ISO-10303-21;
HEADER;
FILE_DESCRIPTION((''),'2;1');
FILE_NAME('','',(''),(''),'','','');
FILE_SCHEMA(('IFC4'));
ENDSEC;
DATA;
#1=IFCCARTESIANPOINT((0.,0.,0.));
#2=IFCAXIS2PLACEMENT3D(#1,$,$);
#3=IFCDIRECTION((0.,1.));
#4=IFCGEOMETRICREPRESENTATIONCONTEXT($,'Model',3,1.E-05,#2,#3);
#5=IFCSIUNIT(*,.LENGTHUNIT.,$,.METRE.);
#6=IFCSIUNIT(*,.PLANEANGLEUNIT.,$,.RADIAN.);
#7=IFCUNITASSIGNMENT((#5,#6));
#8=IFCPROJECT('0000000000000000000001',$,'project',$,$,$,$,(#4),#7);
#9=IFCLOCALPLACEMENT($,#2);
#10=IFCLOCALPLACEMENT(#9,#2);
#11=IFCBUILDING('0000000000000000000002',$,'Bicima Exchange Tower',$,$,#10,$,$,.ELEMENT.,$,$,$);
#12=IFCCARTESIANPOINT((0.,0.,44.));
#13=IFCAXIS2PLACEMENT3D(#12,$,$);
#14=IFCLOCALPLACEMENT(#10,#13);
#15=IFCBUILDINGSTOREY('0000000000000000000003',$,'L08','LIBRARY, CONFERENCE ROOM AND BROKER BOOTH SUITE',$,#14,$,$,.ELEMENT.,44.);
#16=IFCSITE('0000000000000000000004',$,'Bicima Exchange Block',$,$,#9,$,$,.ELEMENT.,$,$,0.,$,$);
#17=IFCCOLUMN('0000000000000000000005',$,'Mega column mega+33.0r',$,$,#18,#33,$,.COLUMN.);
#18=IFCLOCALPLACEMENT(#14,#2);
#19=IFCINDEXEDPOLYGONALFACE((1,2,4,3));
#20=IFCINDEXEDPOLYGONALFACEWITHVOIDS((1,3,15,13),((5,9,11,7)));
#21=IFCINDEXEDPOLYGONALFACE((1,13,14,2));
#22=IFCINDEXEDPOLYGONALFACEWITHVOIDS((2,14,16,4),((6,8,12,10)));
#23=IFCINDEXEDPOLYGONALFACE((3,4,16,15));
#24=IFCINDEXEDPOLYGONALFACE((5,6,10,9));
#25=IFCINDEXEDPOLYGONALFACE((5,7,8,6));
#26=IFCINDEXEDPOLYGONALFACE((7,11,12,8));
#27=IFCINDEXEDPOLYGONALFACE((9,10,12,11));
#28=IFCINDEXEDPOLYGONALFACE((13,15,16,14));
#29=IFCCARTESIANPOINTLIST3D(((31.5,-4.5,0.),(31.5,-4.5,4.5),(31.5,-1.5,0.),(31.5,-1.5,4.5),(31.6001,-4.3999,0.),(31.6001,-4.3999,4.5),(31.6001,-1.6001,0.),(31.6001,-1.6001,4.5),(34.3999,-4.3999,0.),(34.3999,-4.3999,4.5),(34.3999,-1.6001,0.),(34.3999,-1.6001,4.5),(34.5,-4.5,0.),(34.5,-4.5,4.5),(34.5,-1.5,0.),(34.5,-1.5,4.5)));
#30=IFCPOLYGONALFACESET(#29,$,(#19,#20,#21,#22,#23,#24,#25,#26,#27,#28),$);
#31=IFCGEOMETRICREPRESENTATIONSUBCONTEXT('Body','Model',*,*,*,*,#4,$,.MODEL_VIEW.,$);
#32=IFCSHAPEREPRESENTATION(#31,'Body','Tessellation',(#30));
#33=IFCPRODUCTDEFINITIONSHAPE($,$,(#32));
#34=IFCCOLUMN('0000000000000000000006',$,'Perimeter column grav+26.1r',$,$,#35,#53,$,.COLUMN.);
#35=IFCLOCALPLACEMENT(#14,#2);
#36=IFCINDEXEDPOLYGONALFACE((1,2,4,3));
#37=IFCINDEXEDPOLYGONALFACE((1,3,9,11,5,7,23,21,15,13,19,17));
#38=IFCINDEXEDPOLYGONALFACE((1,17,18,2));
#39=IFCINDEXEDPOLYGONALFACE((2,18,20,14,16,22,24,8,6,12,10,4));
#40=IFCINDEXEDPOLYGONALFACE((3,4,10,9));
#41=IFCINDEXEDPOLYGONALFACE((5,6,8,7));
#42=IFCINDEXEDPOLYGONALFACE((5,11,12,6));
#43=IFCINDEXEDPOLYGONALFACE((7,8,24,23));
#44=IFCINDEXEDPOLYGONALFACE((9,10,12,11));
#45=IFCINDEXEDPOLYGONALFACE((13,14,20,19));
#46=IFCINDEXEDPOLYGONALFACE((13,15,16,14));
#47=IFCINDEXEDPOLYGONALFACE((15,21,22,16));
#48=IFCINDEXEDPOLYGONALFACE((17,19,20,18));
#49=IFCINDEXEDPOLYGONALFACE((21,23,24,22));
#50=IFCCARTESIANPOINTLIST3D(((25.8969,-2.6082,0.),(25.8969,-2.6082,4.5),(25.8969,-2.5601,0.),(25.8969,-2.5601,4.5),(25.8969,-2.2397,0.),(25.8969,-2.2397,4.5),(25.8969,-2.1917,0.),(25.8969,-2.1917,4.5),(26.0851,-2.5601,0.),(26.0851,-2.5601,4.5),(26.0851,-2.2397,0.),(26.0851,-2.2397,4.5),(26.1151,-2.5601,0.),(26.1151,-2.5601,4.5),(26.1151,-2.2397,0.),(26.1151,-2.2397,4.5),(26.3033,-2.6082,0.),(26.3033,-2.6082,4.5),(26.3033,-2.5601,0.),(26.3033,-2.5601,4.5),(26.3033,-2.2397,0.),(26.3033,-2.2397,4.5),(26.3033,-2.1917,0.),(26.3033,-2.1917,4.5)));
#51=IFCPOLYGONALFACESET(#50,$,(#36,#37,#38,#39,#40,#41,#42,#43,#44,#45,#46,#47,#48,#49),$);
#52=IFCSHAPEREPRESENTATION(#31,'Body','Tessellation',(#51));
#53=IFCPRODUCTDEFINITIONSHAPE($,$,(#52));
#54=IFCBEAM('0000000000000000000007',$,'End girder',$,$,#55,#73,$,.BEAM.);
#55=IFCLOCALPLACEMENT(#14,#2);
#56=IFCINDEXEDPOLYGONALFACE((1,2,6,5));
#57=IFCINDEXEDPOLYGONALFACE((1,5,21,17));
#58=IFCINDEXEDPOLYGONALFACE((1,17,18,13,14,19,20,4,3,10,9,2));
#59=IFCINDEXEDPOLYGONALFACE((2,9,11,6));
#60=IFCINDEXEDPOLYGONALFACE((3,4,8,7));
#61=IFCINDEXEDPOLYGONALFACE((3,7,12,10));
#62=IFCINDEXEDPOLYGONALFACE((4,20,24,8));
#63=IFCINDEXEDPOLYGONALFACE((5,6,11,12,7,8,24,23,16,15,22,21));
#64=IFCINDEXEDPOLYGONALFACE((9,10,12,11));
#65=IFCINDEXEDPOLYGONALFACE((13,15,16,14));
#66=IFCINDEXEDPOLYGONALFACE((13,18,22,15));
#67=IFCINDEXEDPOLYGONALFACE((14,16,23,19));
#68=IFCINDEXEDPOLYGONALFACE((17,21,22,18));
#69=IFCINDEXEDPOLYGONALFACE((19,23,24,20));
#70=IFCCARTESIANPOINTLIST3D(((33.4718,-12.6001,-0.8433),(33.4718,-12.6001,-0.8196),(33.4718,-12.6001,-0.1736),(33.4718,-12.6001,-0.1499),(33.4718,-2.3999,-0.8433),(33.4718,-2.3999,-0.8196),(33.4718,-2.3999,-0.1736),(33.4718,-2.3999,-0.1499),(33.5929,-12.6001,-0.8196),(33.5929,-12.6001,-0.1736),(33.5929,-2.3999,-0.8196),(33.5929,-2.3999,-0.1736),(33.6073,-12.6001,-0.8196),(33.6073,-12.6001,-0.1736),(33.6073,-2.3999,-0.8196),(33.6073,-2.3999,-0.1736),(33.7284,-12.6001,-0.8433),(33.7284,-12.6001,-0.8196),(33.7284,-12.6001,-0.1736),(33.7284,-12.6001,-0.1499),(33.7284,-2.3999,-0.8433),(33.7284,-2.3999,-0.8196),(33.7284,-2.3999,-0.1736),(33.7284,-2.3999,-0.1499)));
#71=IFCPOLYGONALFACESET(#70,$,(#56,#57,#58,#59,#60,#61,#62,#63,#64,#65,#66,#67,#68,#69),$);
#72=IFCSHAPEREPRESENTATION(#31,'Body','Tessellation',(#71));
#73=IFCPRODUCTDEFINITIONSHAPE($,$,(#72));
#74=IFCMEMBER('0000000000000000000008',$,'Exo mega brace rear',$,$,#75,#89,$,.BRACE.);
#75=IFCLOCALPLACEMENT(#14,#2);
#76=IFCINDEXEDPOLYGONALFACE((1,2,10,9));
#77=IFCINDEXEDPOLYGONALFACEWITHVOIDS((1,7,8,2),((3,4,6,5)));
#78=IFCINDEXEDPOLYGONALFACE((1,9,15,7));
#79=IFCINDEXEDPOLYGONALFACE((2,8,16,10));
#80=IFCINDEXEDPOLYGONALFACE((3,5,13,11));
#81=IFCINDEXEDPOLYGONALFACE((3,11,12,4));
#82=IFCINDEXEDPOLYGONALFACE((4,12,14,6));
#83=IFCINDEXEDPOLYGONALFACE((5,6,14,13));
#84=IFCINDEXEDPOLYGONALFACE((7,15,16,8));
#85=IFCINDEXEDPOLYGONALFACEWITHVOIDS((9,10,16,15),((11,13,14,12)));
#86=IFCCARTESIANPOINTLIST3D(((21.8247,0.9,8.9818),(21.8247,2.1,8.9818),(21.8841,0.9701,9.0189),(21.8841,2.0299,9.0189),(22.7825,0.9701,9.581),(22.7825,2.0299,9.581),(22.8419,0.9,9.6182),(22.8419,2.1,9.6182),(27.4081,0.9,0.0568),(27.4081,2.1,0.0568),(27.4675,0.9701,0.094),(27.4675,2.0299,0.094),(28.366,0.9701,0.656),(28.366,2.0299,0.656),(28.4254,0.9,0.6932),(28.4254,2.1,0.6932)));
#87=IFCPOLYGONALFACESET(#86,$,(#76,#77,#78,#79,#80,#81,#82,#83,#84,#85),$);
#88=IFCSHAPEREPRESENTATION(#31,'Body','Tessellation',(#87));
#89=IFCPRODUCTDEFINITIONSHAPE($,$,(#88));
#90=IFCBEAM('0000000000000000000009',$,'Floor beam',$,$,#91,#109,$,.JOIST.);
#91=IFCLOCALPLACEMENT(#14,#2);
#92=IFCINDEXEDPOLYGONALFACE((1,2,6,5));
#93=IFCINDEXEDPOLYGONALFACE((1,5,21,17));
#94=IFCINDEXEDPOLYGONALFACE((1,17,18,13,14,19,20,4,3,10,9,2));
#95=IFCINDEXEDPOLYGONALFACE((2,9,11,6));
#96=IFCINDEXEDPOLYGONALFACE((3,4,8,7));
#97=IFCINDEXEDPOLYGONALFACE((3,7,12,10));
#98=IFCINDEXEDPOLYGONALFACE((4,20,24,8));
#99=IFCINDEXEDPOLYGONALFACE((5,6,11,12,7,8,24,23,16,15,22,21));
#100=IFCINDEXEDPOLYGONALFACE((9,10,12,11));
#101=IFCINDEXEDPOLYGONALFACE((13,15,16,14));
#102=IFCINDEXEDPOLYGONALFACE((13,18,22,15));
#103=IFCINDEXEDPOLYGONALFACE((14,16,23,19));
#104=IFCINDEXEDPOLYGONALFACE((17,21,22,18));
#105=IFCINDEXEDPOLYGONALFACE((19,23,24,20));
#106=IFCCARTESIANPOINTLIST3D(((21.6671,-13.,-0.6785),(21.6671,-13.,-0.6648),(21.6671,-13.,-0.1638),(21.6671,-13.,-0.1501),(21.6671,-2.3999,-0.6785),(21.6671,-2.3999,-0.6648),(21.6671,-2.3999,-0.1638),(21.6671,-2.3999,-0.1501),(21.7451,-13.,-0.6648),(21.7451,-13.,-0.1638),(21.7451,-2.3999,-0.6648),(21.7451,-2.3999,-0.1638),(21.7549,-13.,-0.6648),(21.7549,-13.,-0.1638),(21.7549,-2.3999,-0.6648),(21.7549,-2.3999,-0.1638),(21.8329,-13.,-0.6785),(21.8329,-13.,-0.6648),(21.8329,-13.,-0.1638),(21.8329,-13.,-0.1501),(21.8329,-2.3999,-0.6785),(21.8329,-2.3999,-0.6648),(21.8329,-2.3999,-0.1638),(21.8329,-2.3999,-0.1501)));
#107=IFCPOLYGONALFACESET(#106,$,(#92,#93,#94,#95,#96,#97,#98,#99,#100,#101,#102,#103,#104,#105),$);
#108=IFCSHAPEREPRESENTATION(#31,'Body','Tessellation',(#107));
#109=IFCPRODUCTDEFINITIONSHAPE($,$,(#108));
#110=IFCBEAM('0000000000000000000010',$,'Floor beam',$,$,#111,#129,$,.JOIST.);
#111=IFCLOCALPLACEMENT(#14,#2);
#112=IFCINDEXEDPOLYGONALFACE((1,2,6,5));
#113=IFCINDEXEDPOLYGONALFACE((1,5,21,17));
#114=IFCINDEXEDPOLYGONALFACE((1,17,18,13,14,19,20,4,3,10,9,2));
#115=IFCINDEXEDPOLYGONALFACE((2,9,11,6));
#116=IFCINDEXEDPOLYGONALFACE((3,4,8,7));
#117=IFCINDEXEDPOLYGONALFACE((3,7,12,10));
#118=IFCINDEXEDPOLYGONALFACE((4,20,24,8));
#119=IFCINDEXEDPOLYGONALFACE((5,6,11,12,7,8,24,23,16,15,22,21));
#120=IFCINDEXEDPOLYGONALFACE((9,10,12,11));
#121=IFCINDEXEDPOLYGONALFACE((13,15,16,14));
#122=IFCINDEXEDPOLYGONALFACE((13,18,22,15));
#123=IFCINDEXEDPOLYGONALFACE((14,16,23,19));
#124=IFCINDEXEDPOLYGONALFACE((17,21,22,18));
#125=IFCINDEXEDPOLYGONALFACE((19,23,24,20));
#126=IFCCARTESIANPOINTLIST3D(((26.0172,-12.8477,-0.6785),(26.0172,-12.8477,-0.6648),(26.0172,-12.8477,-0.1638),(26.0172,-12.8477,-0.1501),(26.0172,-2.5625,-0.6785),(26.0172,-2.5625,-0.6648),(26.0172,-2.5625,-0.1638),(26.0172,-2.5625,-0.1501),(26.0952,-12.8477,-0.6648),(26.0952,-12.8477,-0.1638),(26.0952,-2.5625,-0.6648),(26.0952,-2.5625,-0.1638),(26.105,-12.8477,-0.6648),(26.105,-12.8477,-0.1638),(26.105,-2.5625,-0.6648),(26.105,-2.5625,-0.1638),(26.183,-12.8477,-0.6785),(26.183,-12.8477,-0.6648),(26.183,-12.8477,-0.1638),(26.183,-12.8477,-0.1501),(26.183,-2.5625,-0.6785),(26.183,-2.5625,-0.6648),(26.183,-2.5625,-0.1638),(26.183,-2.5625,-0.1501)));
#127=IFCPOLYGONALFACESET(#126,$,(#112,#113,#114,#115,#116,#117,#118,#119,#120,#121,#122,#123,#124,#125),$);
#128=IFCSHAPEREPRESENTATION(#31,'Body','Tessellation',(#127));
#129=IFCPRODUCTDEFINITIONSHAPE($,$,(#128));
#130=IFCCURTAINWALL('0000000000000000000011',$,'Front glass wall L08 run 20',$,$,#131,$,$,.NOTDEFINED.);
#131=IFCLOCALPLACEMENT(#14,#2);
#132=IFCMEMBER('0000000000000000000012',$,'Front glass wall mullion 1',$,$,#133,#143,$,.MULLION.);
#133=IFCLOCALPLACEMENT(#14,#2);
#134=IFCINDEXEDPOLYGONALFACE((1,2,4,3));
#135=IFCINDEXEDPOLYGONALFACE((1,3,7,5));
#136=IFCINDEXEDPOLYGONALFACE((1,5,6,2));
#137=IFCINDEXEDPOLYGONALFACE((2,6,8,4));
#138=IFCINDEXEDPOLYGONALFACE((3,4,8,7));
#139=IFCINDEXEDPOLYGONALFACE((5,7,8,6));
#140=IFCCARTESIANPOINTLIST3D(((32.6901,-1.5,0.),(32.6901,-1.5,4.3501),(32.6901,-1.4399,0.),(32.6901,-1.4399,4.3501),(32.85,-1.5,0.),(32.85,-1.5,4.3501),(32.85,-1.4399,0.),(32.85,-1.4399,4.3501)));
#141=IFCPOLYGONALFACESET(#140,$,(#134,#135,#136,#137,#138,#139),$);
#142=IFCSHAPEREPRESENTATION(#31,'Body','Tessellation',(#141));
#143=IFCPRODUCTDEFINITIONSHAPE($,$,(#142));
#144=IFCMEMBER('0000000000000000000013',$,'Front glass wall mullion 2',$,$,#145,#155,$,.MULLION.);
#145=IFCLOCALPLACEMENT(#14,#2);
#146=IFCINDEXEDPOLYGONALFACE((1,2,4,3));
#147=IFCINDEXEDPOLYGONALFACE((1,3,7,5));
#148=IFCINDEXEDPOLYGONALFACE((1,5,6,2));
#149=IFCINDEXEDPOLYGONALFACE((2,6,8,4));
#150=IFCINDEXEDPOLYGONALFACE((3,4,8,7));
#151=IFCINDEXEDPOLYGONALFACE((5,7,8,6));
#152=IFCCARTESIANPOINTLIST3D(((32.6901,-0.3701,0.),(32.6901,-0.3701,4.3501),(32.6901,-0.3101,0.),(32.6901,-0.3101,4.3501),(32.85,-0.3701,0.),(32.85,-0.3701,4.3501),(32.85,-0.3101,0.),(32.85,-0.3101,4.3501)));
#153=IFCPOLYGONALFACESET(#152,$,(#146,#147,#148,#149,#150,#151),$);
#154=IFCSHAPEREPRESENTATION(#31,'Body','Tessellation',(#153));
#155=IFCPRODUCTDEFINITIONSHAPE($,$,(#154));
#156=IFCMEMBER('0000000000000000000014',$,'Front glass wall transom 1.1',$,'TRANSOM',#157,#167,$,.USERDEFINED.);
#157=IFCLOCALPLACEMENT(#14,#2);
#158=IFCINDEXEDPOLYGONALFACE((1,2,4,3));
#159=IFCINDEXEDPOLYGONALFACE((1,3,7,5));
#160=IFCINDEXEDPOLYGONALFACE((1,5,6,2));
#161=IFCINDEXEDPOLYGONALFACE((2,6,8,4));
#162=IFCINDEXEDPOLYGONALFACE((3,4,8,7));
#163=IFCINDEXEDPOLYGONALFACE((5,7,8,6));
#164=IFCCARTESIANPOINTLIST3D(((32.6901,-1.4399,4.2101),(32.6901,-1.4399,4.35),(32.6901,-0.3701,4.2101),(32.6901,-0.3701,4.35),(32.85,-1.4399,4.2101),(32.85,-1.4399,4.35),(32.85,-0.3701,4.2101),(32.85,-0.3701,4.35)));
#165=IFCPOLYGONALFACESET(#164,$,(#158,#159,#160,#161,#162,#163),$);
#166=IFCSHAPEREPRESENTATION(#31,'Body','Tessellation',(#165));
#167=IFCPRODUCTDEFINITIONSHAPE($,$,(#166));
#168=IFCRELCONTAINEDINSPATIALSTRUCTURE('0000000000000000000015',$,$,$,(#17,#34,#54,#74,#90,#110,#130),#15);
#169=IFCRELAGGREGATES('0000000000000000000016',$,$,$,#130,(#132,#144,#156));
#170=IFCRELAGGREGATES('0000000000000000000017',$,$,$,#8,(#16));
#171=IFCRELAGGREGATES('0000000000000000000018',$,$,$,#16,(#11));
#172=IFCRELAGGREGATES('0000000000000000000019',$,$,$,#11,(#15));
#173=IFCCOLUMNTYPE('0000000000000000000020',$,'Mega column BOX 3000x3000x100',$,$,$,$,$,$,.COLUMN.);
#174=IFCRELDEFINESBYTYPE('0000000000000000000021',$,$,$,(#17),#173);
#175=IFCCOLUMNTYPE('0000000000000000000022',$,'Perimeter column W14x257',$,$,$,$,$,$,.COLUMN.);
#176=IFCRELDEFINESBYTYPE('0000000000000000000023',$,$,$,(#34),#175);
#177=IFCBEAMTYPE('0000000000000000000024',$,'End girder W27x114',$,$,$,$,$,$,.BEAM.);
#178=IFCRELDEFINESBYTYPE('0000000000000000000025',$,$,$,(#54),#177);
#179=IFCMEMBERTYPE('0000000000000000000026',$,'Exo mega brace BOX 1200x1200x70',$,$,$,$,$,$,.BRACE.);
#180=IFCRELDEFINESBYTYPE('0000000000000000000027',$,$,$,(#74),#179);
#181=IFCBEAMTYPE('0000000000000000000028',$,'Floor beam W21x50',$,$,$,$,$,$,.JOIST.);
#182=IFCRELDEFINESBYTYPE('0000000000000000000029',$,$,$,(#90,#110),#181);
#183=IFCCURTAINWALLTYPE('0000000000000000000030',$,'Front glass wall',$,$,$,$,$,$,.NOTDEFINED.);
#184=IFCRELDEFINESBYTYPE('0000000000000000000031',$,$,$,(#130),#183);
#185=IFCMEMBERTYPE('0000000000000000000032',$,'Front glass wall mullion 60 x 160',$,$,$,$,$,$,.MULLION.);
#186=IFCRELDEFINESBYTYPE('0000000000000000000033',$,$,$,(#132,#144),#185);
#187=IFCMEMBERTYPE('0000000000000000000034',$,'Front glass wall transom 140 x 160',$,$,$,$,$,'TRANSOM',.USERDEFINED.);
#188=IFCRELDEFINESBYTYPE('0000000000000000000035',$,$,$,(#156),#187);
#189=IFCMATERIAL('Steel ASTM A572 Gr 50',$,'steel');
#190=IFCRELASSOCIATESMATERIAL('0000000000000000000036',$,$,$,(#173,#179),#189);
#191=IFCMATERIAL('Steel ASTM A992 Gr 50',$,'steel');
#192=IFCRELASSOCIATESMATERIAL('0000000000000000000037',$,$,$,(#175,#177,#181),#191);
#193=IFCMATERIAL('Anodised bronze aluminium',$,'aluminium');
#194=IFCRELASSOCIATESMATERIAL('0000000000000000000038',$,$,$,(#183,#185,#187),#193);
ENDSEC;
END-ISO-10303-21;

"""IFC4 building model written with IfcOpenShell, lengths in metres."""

from ifc_helpers import new_model, si_unit, direction, frame, origin, origin_2d, place, context, subcontext, project, spatial, rectangle, hollow_rectangle, i_section, extrude, material, material_profile, profile_set, type_object, element, aggregate, save


model = new_model("IFC4")

# Units and contexts
model_context = context("Model", 3, precision=1e-05, world=origin(), true_north=direction((0.0, 1.0)))
body_context = subcontext(model_context, "Body", "Model", "MODEL_VIEW")
ifc_project = project(units=[si_unit("LENGTHUNIT", "METRE"), si_unit("PLANEANGLEUNIT", "RADIAN")], contexts=[model_context])

# Site, building, storey
site_placement = place(None, origin())
site = spatial("IfcSite", under=ifc_project, at=site_placement, Name="Bicima Exchange Block", CompositionType="ELEMENT", RefElevation=0.0)
building_placement = place(site_placement, origin())
building = spatial("IfcBuilding", under=site, at=building_placement, Name="Bicima Exchange Tower", CompositionType="ELEMENT")
storey_placement = place(building_placement, frame((0.0, 0.0, 44.0)))
storey = spatial("IfcBuildingStorey", under=building, at=storey_placement, Name="L08", Description="LIBRARY, CONFERENCE ROOM AND BROKER BOOTH SUITE", CompositionType="ELEMENT", Elevation=44.0)

# Columns
ifc_material_1 = material(Name="Steel ASTM A572 Gr 50", Category="steel")
ifc_material_profile_1 = material_profile(ifc_material_1, hollow_rectangle(XDim=3.0, YDim=3.0, WallThickness=0.1001, at=origin_2d()))
ifc_profile_set_1 = profile_set([ifc_material_profile_1], Name="Steel ASTM A572 Gr 50")
column_type_1 = type_object("IfcColumnType", Name="Mega column BOX 3000x3000x100", PredefinedType="COLUMN", material=ifc_profile_set_1)
column_1_placement = place(storey_placement, frame((33.0, -3.0, 0.0), z_axis=(0.0, 0.0, 1.0), x_axis=(1.0, 0.0, 0.0)))
element("IfcColumn", 1, at=column_1_placement, inside=storey, type_object=column_type_1, Name="Mega column mega+33.0r", PredefinedType="COLUMN", context=body_context, shape_type="SweptSolid", body=[
    extrude(hollow_rectangle(XDim=3.0, YDim=3.0, WallThickness=0.1001, at=origin_2d()), origin(), (0.0, 0.0, 1.0), 4.5),
])
ifc_material_2 = material(Name="Steel ASTM A992 Gr 50", Category="steel")
ifc_material_profile_2 = material_profile(ifc_material_2, i_section(OverallWidth=0.4065, OverallDepth=0.4165, WebThickness=0.03, FlangeThickness=0.0481, at=origin_2d()))
ifc_profile_set_2 = profile_set([ifc_material_profile_2], Name="Steel ASTM A992 Gr 50")
column_type_2 = type_object("IfcColumnType", Name="Perimeter column W14x257", PredefinedType="COLUMN", material=ifc_profile_set_2)
column_2_placement = place(storey_placement, frame((26.1001, -2.3999, 0.0), z_axis=(0.0, 0.0, 1.0), x_axis=(1.0, 0.0, 0.0)))
element("IfcColumn", 2, at=column_2_placement, inside=storey, type_object=column_type_2, Name="Perimeter column grav+26.1r", PredefinedType="COLUMN", context=body_context, shape_type="SweptSolid", body=[
    extrude(i_section(OverallWidth=0.4065, OverallDepth=0.4165, WebThickness=0.03, FlangeThickness=0.0481, at=origin_2d()), origin(), (0.0, 0.0, 1.0), 4.5),
])

# Beam
ifc_material_profile_3 = material_profile(ifc_material_2, i_section(OverallWidth=0.2566, OverallDepth=0.6934, WebThickness=0.0144, FlangeThickness=0.0237, at=origin_2d()))
ifc_profile_set_3 = profile_set([ifc_material_profile_3], Name="Steel ASTM A992 Gr 50")
beam_type_1 = type_object("IfcBeamType", Name="End girder W27x114", PredefinedType="BEAM", material=ifc_profile_set_3)
beam_1_placement = place(storey_placement, frame((33.6001, -2.3999, -0.4966), z_axis=(0.0, -1.0, 0.0), x_axis=(1.0, 0.0, 0.0)))
element("IfcBeam", 3, at=beam_1_placement, inside=storey, type_object=beam_type_1, Name="End girder", PredefinedType="BEAM", context=body_context, shape_type="SweptSolid", body=[
    extrude(i_section(OverallWidth=0.2566, OverallDepth=0.6934, WebThickness=0.0144, FlangeThickness=0.0237, at=origin_2d()), origin(), (0.0, 0.0, 1.0), 10.2002),
])

# Member
ifc_material_profile_4 = material_profile(ifc_material_1, hollow_rectangle(XDim=1.2, YDim=1.2, WallThickness=0.0701, at=origin_2d()))
ifc_profile_set_4 = profile_set([ifc_material_profile_4], Name="Steel ASTM A572 Gr 50")
member_type_1 = type_object("IfcMemberType", Name="Exo mega brace BOX 1200x1200x70", PredefinedType="BRACE", material=ifc_profile_set_4)
member_1_placement = place(storey_placement, frame((27.9167, 1.5, 0.375), z_axis=(-0.530364, 0.0, 0.84777), x_axis=(0.0, -1.0, 0.0)))
element("IfcMember", 4, at=member_1_placement, inside=storey, type_object=member_type_1, Name="Exo mega brace rear", PredefinedType="BRACE", context=body_context, shape_type="SweptSolid", body=[
    extrude(hollow_rectangle(XDim=1.2, YDim=1.2, WallThickness=0.0701, at=origin_2d()), origin(), (0.0, 0.0, 1.0), 10.5276),
])

# Beams
ifc_material_profile_5 = material_profile(ifc_material_2, i_section(OverallWidth=0.1658, OverallDepth=0.5283, WebThickness=0.0098, FlangeThickness=0.0137, at=origin_2d()))
ifc_profile_set_5 = profile_set([ifc_material_profile_5], Name="Steel ASTM A992 Gr 50")
beam_type_2 = type_object("IfcBeamType", Name="Floor beam W21x50", PredefinedType="JOIST", material=ifc_profile_set_5)
beam_2_placement = place(storey_placement, frame((21.75, -2.3999, -0.4143), z_axis=(0.0, -1.0, 0.0), x_axis=(1.0, 0.0, 0.0)))
element("IfcBeam", 5, at=beam_2_placement, inside=storey, type_object=beam_type_2, Name="Floor beam", PredefinedType="JOIST", context=body_context, shape_type="SweptSolid", body=[
    extrude(i_section(OverallWidth=0.1658, OverallDepth=0.5283, WebThickness=0.0098, FlangeThickness=0.0137, at=origin_2d()), origin(), (0.0, 0.0, 1.0), 10.6001),
])
beam_3_placement = place(storey_placement, frame((26.1001, -2.5625, -0.4143), z_axis=(0.0, -1.0, 0.0), x_axis=(1.0, 0.0, 0.0)))
element("IfcBeam", 6, at=beam_3_placement, inside=storey, type_object=beam_type_2, Name="Floor beam", PredefinedType="JOIST", context=body_context, shape_type="SweptSolid", body=[
    extrude(i_section(OverallWidth=0.1658, OverallDepth=0.5283, WebThickness=0.0098, FlangeThickness=0.0137, at=origin_2d()), origin(), (0.0, 0.0, 1.0), 10.2852),
])

# Curtain wall, members
ifc_material_3 = material(Name="Anodised bronze aluminium", Category="aluminium")
curtain_wall_type = type_object("IfcCurtainWallType", Name="Front glass wall", PredefinedType="NOTDEFINED", material=ifc_material_3)
curtain_wall_placement = place(storey_placement, origin())
curtain_wall = element("IfcCurtainWall", 7, at=curtain_wall_placement, inside=storey, type_object=curtain_wall_type, Name="Front glass wall L08 run 20", PredefinedType="NOTDEFINED")
ifc_material_profile_6 = material_profile(ifc_material_3, rectangle(XDim=0.1599, YDim=0.0601, at=origin_2d()))
ifc_profile_set_6 = profile_set([ifc_material_profile_6], Name="Anodised bronze aluminium")
member_type_2 = type_object("IfcMemberType", Name="Front glass wall mullion 60 x 160", PredefinedType="MULLION", material=ifc_profile_set_6)
member_2_placement = place(storey_placement, frame((32.77, -1.47, 0.0), z_axis=(0.0, 0.0, 1.0), x_axis=(-1.0, 0.0, 0.0)))
member_2 = element("IfcMember", 8, at=member_2_placement, type_object=member_type_2, Name="Front glass wall mullion 1", PredefinedType="MULLION", context=body_context, shape_type="SweptSolid", body=[
    extrude(rectangle(XDim=0.1599, YDim=0.0601, at=origin_2d()), origin(), (0.0, 0.0, 1.0), 4.3501),
])
member_3_placement = place(storey_placement, frame((32.77, -0.3401, 0.0), z_axis=(0.0, 0.0, 1.0), x_axis=(-1.0, 0.0, 0.0)))
member_3 = element("IfcMember", 9, at=member_3_placement, type_object=member_type_2, Name="Front glass wall mullion 2", PredefinedType="MULLION", context=body_context, shape_type="SweptSolid", body=[
    extrude(rectangle(XDim=0.1599, YDim=0.0601, at=origin_2d()), origin(), (0.0, 0.0, 1.0), 4.3501),
])
ifc_material_profile_7 = material_profile(ifc_material_3, rectangle(XDim=0.1599, YDim=0.1399, at=origin_2d()))
ifc_profile_set_7 = profile_set([ifc_material_profile_7], Name="Anodised bronze aluminium")
member_type_3 = type_object("IfcMemberType", Name="Front glass wall transom 140 x 160", ElementType="TRANSOM", PredefinedType="USERDEFINED", material=ifc_profile_set_7)
member_4_placement = place(storey_placement, frame((32.77, -1.4399, 4.28), z_axis=(0.0, 1.0, 0.0), x_axis=(-1.0, 0.0, 0.0)))
member_4 = element("IfcMember", 10, at=member_4_placement, type_object=member_type_3, Name="Front glass wall transom 1.1", ObjectType="TRANSOM", PredefinedType="USERDEFINED", context=body_context, shape_type="SweptSolid", body=[
    extrude(rectangle(XDim=0.1599, YDim=0.1399, at=origin_2d()), origin(), (0.0, 0.0, 1.0), 1.0698),
])

aggregate(curtain_wall, [member_2, member_3, member_4])

save(model, "model.ifc")
